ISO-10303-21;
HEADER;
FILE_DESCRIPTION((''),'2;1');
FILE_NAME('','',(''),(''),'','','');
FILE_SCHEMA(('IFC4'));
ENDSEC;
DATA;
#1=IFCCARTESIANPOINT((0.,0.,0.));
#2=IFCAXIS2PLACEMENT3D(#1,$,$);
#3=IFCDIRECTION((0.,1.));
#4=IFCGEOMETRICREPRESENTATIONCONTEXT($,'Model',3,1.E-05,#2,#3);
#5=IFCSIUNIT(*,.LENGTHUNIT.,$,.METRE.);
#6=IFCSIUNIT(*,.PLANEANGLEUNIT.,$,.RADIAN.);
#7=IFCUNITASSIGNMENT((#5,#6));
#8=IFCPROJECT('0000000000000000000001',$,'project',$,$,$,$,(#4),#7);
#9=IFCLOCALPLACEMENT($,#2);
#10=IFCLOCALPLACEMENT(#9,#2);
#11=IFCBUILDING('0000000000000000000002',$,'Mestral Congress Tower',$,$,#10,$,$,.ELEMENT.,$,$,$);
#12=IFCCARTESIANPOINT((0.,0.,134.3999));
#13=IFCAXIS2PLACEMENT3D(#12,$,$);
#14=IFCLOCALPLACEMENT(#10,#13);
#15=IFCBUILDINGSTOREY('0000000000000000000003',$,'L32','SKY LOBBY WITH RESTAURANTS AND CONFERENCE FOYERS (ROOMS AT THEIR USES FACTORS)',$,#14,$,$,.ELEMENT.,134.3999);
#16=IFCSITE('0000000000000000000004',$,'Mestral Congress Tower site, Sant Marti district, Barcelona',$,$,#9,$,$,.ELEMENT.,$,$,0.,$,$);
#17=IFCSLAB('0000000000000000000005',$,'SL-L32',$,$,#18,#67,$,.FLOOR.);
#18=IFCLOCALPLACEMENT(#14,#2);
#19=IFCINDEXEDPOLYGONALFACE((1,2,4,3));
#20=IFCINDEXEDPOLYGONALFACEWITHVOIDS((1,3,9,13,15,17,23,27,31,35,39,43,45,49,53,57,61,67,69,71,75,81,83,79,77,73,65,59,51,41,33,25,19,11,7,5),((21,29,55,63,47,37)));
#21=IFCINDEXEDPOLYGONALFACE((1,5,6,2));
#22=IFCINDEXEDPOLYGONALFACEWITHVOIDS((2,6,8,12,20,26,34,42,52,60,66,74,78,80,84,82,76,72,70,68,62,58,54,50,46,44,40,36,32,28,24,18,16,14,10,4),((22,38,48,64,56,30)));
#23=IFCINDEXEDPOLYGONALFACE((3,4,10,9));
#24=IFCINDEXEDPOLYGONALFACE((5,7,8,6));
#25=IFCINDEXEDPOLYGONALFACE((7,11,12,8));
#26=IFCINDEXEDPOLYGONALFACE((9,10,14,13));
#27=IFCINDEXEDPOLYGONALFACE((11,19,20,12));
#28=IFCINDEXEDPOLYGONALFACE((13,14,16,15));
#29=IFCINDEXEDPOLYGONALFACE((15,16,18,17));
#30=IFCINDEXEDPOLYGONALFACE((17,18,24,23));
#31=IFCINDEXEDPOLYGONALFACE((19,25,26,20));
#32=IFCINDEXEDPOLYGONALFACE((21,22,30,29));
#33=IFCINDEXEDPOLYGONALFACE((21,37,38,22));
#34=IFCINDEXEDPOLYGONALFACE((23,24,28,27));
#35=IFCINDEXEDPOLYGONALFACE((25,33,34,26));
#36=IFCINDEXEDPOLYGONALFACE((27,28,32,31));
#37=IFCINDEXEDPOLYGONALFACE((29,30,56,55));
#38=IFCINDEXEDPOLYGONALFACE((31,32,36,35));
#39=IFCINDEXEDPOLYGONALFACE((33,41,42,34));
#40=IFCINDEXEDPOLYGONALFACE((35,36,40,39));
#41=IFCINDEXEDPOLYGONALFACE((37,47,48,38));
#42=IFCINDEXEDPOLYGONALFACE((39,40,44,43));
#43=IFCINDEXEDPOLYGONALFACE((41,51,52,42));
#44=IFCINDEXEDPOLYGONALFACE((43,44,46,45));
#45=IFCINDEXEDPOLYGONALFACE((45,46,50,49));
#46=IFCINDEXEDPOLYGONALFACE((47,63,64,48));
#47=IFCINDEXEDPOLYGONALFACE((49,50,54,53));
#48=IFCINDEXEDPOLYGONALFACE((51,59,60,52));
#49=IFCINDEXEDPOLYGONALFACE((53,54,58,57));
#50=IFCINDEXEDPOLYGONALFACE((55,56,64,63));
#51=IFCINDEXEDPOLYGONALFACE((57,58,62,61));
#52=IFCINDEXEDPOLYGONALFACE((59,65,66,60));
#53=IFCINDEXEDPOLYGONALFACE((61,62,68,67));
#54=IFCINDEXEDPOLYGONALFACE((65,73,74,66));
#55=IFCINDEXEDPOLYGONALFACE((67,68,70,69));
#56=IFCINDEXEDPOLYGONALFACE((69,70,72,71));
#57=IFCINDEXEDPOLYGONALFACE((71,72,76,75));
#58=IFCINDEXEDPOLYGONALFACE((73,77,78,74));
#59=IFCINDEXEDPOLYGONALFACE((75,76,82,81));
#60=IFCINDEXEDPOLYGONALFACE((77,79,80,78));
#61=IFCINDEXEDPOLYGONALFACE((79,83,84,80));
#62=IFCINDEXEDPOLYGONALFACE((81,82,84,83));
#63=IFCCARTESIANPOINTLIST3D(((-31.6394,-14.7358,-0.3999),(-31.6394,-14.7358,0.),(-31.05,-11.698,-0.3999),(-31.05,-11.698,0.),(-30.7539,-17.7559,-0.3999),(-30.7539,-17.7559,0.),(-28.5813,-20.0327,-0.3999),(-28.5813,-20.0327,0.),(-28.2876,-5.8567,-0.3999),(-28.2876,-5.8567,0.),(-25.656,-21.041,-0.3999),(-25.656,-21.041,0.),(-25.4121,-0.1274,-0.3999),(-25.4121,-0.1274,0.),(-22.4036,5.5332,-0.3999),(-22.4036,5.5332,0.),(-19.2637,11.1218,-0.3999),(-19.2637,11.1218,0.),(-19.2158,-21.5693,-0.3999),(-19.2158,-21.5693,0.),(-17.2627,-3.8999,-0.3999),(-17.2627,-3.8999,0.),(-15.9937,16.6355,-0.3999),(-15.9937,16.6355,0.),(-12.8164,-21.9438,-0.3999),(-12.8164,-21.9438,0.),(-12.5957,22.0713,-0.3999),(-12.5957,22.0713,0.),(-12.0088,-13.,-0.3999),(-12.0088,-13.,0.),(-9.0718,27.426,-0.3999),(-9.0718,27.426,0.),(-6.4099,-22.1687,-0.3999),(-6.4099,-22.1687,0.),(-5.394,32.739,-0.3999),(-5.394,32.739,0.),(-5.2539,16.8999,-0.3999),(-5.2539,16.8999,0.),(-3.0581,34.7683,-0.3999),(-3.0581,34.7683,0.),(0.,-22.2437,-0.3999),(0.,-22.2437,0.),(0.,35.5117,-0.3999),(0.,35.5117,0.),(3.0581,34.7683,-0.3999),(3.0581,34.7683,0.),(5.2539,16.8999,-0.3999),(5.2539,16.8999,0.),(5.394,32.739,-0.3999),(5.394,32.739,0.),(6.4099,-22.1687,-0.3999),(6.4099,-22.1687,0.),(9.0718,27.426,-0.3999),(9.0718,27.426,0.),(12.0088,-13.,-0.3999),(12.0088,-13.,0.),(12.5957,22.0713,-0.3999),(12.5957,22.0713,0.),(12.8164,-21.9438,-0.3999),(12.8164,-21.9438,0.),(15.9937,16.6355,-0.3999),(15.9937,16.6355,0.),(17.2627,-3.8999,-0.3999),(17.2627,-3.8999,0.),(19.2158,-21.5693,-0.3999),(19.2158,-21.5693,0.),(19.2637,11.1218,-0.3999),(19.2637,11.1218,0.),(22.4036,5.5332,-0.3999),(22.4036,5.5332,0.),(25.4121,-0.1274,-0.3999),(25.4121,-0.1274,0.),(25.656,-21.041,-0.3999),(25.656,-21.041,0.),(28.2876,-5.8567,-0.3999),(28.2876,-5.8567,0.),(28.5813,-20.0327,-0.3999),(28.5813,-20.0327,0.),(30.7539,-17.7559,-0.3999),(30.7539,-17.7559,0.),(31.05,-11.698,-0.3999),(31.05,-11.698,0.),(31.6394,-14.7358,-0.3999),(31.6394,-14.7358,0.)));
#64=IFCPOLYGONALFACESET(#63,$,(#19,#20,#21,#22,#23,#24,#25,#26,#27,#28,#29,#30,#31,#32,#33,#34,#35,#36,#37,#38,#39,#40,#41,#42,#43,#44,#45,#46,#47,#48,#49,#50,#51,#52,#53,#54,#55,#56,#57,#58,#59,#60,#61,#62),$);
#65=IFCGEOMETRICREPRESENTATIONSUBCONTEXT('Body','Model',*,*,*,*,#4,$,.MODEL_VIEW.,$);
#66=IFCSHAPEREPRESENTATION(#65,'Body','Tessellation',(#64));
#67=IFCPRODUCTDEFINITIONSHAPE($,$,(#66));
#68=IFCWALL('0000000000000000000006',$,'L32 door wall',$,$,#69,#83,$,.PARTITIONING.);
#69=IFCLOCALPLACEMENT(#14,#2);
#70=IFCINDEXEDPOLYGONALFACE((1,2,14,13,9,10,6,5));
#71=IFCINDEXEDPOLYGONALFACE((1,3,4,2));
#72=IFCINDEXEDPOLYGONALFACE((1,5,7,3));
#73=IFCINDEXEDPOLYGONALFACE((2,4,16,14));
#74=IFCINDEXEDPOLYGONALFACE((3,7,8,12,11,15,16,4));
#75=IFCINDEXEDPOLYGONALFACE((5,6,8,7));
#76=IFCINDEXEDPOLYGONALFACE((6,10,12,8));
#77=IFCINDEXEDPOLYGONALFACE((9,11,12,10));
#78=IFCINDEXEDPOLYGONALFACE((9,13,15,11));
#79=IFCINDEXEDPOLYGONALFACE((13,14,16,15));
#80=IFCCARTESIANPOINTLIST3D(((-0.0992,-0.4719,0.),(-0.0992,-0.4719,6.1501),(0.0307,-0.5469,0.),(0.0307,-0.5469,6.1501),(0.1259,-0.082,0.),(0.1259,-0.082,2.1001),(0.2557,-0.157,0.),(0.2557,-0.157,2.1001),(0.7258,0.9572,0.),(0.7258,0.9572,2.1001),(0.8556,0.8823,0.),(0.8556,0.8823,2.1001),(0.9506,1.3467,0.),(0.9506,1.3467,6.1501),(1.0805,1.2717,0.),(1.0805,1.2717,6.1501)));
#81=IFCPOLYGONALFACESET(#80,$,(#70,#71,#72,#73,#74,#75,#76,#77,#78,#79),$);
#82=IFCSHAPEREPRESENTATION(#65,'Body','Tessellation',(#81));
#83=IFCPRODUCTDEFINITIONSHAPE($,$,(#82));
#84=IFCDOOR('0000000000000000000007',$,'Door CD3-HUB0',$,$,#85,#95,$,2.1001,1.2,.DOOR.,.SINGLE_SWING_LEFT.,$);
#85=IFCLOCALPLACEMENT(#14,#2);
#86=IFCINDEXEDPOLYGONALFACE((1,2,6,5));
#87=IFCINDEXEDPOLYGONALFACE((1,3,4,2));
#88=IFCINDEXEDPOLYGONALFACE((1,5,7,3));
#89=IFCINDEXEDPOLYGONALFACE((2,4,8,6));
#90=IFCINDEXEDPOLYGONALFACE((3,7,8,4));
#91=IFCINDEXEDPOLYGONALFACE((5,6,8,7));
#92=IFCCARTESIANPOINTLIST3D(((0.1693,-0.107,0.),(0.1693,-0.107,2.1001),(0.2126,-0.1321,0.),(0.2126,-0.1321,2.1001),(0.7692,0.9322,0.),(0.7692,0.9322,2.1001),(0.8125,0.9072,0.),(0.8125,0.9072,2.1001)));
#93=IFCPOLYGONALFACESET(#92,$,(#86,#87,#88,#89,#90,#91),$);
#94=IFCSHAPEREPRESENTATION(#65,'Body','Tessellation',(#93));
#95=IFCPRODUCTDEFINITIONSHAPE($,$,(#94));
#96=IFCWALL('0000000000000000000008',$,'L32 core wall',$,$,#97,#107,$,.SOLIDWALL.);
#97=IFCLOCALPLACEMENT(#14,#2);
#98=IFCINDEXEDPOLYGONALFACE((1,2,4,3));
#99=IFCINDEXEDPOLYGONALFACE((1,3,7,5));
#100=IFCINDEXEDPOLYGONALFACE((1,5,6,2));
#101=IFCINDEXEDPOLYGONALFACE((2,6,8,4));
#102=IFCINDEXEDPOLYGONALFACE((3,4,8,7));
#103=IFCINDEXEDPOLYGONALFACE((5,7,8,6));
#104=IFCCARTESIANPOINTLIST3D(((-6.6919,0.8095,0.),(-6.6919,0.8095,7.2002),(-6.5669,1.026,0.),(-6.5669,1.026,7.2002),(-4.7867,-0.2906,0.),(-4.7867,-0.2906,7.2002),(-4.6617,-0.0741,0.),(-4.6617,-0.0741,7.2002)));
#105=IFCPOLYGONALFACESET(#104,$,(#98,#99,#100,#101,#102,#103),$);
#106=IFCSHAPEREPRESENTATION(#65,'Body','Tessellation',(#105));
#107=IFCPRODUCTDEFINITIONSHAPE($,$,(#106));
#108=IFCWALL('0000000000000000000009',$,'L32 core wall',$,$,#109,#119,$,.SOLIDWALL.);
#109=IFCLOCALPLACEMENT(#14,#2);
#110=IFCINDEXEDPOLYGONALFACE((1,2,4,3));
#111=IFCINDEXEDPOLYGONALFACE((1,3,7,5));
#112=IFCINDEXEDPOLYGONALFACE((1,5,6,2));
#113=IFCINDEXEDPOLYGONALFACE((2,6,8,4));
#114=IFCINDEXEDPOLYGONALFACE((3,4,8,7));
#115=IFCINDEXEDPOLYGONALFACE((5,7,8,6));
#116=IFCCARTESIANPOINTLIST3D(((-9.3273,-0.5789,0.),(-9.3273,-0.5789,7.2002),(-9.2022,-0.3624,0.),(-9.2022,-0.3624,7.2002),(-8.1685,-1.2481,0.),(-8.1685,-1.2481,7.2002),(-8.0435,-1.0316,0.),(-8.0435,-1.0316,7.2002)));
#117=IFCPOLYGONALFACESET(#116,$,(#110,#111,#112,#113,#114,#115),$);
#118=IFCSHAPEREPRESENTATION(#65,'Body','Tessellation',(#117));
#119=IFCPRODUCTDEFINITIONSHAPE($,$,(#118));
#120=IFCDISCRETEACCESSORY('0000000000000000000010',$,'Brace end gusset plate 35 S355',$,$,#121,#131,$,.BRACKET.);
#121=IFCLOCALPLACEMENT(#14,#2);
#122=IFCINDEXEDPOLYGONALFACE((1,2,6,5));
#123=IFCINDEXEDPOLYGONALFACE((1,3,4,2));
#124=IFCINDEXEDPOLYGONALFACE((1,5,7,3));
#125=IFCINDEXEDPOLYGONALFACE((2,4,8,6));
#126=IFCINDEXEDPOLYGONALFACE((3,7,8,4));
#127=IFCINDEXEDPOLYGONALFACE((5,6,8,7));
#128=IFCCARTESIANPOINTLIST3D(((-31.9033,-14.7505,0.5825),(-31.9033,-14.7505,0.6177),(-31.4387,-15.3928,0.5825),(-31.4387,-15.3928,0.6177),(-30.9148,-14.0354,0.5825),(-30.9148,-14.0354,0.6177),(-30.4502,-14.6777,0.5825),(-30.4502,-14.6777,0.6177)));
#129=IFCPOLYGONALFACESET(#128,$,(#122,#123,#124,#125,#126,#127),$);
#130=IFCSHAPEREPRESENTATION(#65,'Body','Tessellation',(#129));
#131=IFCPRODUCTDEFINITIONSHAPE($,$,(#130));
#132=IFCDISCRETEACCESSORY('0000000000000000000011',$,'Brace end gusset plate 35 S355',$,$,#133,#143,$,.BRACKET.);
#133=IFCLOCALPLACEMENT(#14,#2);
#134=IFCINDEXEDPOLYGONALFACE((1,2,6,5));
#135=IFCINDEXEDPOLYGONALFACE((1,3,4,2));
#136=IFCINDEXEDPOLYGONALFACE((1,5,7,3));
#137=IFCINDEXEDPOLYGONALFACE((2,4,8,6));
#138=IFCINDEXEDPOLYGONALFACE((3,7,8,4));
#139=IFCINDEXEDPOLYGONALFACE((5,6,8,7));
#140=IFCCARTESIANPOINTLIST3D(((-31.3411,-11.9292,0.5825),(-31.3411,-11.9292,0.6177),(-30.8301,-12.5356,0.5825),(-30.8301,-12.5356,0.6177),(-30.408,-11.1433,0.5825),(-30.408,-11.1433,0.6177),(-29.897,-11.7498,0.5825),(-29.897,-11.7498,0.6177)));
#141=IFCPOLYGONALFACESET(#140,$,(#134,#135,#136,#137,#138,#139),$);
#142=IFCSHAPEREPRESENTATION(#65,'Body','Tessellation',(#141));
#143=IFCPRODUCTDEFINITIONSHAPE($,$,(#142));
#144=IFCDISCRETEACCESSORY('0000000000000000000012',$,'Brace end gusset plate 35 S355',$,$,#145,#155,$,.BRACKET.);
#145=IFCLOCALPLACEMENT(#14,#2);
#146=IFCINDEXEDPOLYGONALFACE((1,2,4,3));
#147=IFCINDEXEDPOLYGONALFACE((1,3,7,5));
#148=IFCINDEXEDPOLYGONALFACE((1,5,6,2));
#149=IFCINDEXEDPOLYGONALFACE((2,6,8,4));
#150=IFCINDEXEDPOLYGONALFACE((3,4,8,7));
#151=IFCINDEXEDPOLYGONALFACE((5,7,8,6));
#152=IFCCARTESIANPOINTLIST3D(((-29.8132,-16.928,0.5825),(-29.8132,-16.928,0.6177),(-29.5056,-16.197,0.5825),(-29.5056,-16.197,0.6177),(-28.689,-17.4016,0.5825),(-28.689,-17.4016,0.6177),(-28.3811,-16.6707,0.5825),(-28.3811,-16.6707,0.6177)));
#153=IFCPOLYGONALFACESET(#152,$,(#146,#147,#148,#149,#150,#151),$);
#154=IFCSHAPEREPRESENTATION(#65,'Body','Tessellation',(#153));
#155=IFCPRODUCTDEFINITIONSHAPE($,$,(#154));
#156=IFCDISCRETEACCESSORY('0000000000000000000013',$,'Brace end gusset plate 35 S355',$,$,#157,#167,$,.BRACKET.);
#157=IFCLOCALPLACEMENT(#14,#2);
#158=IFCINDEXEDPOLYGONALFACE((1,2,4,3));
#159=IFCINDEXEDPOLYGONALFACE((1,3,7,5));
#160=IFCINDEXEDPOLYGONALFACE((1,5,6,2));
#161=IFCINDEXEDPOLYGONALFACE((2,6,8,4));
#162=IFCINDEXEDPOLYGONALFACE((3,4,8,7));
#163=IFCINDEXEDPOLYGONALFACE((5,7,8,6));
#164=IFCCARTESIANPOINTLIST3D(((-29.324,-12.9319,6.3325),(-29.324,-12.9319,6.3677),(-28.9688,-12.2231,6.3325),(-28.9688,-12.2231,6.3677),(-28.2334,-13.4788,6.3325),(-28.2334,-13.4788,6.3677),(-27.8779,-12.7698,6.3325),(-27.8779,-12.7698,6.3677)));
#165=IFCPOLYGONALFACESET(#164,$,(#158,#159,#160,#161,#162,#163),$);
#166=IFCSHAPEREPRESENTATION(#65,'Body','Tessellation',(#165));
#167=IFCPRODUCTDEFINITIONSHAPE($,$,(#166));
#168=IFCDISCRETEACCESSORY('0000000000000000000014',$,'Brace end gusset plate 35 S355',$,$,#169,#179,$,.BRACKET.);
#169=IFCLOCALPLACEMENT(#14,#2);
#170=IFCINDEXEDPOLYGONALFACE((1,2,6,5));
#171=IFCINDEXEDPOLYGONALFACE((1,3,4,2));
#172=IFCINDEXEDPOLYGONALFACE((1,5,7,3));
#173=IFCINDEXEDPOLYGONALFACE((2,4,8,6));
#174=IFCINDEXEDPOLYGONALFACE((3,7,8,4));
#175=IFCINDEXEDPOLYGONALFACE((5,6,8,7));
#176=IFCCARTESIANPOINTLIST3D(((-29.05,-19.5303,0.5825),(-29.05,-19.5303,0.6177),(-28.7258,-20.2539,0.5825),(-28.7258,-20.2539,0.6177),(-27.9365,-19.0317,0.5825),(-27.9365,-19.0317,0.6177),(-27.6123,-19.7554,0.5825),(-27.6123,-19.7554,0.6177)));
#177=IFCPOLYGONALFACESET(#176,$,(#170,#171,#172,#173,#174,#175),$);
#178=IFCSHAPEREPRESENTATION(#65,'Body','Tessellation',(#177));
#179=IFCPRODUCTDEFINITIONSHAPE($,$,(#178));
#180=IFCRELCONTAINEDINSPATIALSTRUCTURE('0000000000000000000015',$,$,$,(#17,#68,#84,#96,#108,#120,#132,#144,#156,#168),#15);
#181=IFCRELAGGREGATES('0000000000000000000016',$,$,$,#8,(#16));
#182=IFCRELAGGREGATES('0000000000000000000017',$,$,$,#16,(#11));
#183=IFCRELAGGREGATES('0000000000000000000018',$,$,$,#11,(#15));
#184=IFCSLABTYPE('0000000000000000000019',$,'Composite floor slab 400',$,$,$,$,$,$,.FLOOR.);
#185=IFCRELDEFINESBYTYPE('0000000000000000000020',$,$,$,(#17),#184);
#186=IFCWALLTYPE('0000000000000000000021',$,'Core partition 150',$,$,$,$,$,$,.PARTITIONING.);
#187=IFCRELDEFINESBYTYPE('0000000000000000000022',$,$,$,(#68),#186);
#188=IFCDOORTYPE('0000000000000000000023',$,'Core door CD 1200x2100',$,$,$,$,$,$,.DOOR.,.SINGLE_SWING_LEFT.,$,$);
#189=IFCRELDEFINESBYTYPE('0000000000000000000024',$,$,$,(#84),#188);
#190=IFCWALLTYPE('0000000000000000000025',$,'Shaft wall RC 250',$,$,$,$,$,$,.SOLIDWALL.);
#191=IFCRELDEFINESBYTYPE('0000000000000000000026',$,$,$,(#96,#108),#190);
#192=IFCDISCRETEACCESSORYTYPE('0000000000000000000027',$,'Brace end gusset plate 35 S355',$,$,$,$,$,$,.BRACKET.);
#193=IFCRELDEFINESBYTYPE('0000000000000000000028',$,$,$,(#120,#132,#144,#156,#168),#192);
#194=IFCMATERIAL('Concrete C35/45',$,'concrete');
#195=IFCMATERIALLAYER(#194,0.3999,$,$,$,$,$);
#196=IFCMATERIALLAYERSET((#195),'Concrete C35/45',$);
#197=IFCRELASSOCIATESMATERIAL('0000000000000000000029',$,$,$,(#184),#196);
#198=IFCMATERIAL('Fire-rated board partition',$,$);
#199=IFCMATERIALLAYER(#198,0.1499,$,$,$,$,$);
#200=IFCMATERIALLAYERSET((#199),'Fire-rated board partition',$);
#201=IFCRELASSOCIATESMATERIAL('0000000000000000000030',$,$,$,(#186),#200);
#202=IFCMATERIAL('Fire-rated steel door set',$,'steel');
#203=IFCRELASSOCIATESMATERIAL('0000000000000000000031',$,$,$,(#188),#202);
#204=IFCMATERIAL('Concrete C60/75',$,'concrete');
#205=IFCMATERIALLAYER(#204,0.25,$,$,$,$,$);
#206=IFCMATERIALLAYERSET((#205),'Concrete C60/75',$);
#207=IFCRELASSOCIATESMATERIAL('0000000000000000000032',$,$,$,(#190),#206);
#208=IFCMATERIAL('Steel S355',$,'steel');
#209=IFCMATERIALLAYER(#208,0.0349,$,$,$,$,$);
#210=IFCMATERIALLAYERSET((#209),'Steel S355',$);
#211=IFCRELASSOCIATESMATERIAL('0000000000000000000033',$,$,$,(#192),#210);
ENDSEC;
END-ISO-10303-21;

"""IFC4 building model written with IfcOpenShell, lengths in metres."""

from ifc_helpers import new_model, si_unit, direction, frame, frame_2d, origin, place, context, subcontext, project, spatial, polyline, rectangle, outline, extrude, material, layer, layer_set, type_object, element, fill, save


model = new_model("IFC4")

# Units and contexts
model_context = context("Model", 3, precision=1e-05, world=origin(), true_north=direction((0.0, 1.0)))
body_context = subcontext(model_context, "Body", "Model", "MODEL_VIEW")
ifc_project = project(units=[si_unit("LENGTHUNIT", "METRE"), si_unit("PLANEANGLEUNIT", "RADIAN")], contexts=[model_context])

# Site, building, storey
site_placement = place(None, origin())
site = spatial("IfcSite", under=ifc_project, at=site_placement, Name="Mestral Congress Tower site, Sant Marti district, Barcelona", CompositionType="ELEMENT", RefElevation=0.0)
building_placement = place(site_placement, origin())
building = spatial("IfcBuilding", under=site, at=building_placement, Name="Mestral Congress Tower", CompositionType="ELEMENT")
storey_placement = place(building_placement, frame((0.0, 0.0, 134.3999)))
storey = spatial("IfcBuildingStorey", under=building, at=storey_placement, Name="L32", Description="SKY LOBBY WITH RESTAURANTS AND CONFERENCE FOYERS (ROOMS AT THEIR USES FACTORS)", CompositionType="ELEMENT", Elevation=134.3999)

# Slab
ifc_material_1 = material(Name="Concrete C35/45", Category="concrete")
ifc_layer_1 = layer(ifc_material_1, 0.3999)
ifc_layer_set_1 = layer_set([ifc_layer_1], Name="Concrete C35/45")
slab_type = type_object("IfcSlabType", Name="Composite floor slab 400", PredefinedType="FLOOR", material=ifc_layer_set_1)
slab_placement = place(storey_placement, frame((0.0, 0.0, -0.3999)))
element("IfcSlab", 1, at=slab_placement, inside=storey, type_object=slab_type, Name="SL-L32", PredefinedType="FLOOR", context=body_context, shape_type="SweptSolid", body=[
    extrude(outline(polyline([(-25.656, -21.041), (-28.5813, -20.0327), (-30.7539, -17.7559), (-31.6394, -14.7358), (-31.05, -11.698), (-28.2876, -5.8567), (-25.4121, -0.1274), (-22.4036, 5.5332), (-19.2637, 11.1218), (-15.9937, 16.6355), (-12.5957, 22.0713), (-9.0718, 27.426), (-5.394, 32.739), (-3.0581, 34.7683), (0.0, 35.5117), (3.0581, 34.7683), (5.394, 32.739), (9.0718, 27.426), (12.5957, 22.0713), (15.9937, 16.6355), (19.2637, 11.1218), (22.4036, 5.5332), (25.4121, -0.1274), (28.2876, -5.8567), (31.05, -11.698), (31.6394, -14.7358), (30.7539, -17.7559), (28.5813, -20.0327), (25.656, -21.041), (19.2158, -21.5693), (12.8164, -21.9438), (6.4099, -22.1687), (0.0, -22.2437), (-6.4099, -22.1687), (-12.8164, -21.9438), (-19.2158, -21.5693), (-25.656, -21.041)]), holes=[polyline([(-5.2539, 16.8999), (-17.2627, -3.8999), (-12.0088, -13.0), (12.0088, -13.0), (17.2627, -3.8999), (5.2539, 16.8999), (-5.2539, 16.8999)])]), origin(), (0.0, 0.0, 1.0), 0.3999),
])

# Wall, opening, door
ifc_material_2 = material(Name="Fire-rated board partition")
ifc_layer_2 = layer(ifc_material_2, 0.1499)
ifc_layer_set_2 = layer_set([ifc_layer_2], Name="Fire-rated board partition")
wall_type_1 = type_object("IfcWallType", Name="Core partition 150", PredefinedType="PARTITIONING", material=ifc_layer_set_2)
wall_1_placement = place(storey_placement, frame((-0.0342, -0.5093, 0.0), z_axis=(0.0, 0.0, 1.0), x_axis=(0.499941, 0.86606, 0.0)))
wall_1 = element("IfcWall", 2, at=wall_1_placement, inside=storey, type_object=wall_type_1, Name="L32 door wall", PredefinedType="PARTITIONING", context=body_context, shape_type="SweptSolid", body=[
    extrude(rectangle(XDim=2.0999, YDim=0.1499, at=frame_2d((1.0498, 0.0))), origin(), (0.0, 0.0, 1.0), 6.1501),
])
opening_placement = place(wall_1_placement, frame((0.45, 0.0, 0.0)))
opening = element("IfcOpeningElement", 3, at=opening_placement, cuts=wall_1, PredefinedType="OPENING", context=body_context, shape_type="SweptSolid", body=[
    extrude(rectangle(XDim=1.2, YDim=2.1001, at=frame_2d((0.6001, 1.05))), frame((0.0, 0.085, 0.0), z_axis=(0.0, -1.0, 0.0), x_axis=(1.0, 0.0, 0.0)), (0.0, 0.0, 1.0), 0.1699),
])
ifc_material_3 = material(Name="Fire-rated steel door set", Category="steel")
door_type = type_object("IfcDoorType", Name="Core door CD 1200x2100", OperationType="SINGLE_SWING_LEFT", PredefinedType="DOOR", material=ifc_material_3)
door_placement = place(opening_placement, origin())
door = element("IfcDoor", 4, at=door_placement, inside=storey, type_object=door_type, Name="Door CD3-HUB0", OperationType="SINGLE_SWING_LEFT", OverallHeight=2.1001, OverallWidth=1.2, PredefinedType="DOOR", context=body_context, shape_type="SweptSolid", body=[
    extrude(rectangle(XDim=1.2, YDim=2.1001, at=frame_2d((0.6001, 1.05))), frame((0.0, 0.0249, 0.0), z_axis=(0.0, -1.0, 0.0), x_axis=(1.0, 0.0, 0.0)), (0.0, 0.0, 1.0), 0.05),
])
fill(opening, door)

# Walls
ifc_material_4 = material(Name="Concrete C60/75", Category="concrete")
ifc_layer_3 = layer(ifc_material_4, 0.25)
ifc_layer_set_3 = layer_set([ifc_layer_3], Name="Concrete C60/75")
wall_type_2 = type_object("IfcWallType", Name="Shaft wall RC 250", PredefinedType="SOLIDWALL", material=ifc_layer_set_3)
wall_2_placement = place(storey_placement, frame((-4.7241, -0.1824, 0.0), z_axis=(0.0, 0.0, 1.0), x_axis=(-0.866008, 0.50003, 0.0)))
element("IfcWall", 5, at=wall_2_placement, inside=storey, type_object=wall_type_2, Name="L32 core wall", PredefinedType="SOLIDWALL", context=body_context, shape_type="SweptSolid", body=[
    extrude(rectangle(XDim=2.2, YDim=0.25, at=frame_2d((1.1001, 0.0))), origin(), (0.0, 0.0, 1.0), 7.2002),
])
wall_3_placement = place(storey_placement, frame((-9.2646, -0.4707, 0.0), z_axis=(0.0, 0.0, 1.0), x_axis=(0.865955, -0.500123, 0.0)))
element("IfcWall", 6, at=wall_3_placement, inside=storey, type_object=wall_type_2, Name="L32 core wall", PredefinedType="SOLIDWALL", context=body_context, shape_type="SweptSolid", body=[
    extrude(rectangle(XDim=1.3381, YDim=0.25, at=frame_2d((0.6689, 0.0))), origin(), (0.0, 0.0, 1.0), 7.2002),
])

# Discrete accessories
ifc_material_5 = material(Name="Steel S355", Category="steel")
ifc_layer_4 = layer(ifc_material_5, 0.0349)
ifc_layer_set_4 = layer_set([ifc_layer_4], Name="Steel S355")
discrete_accessory_type = type_object("IfcDiscreteAccessoryType", Name="Brace end gusset plate 35 S355", PredefinedType="BRACKET", material=ifc_layer_set_4)
placement_1 = place(storey_placement, frame((0.0, 0.0, 0.5825)))
element("IfcDiscreteAccessory", 7, at=placement_1, inside=storey, type_object=discrete_accessory_type, Name="Brace end gusset plate 35 S355", PredefinedType="BRACKET", context=body_context, shape_type="SweptSolid", body=[
    extrude(outline(polyline([(-31.4387, -15.3928), (-30.4502, -14.6777), (-30.9148, -14.0354), (-31.9033, -14.7505), (-31.4387, -15.3928)])), origin(), (0.0, 0.0, 1.0), 0.0352),
])
element("IfcDiscreteAccessory", 8, at=placement_1, inside=storey, type_object=discrete_accessory_type, Name="Brace end gusset plate 35 S355", PredefinedType="BRACKET", context=body_context, shape_type="SweptSolid", body=[
    extrude(outline(polyline([(-30.8301, -12.5356), (-29.897, -11.7498), (-30.408, -11.1433), (-31.3411, -11.9292), (-30.8301, -12.5356)])), origin(), (0.0, 0.0, 1.0), 0.0352),
])
element("IfcDiscreteAccessory", 9, at=placement_1, inside=storey, type_object=discrete_accessory_type, Name="Brace end gusset plate 35 S355", PredefinedType="BRACKET", context=body_context, shape_type="SweptSolid", body=[
    extrude(outline(polyline([(-29.8132, -16.928), (-28.689, -17.4016), (-28.3811, -16.6707), (-29.5056, -16.197), (-29.8132, -16.928)])), origin(), (0.0, 0.0, 1.0), 0.0352),
])
placement_2 = place(storey_placement, frame((0.0, 0.0, 6.3325)))
element("IfcDiscreteAccessory", 10, at=placement_2, inside=storey, type_object=discrete_accessory_type, Name="Brace end gusset plate 35 S355", PredefinedType="BRACKET", context=body_context, shape_type="SweptSolid", body=[
    extrude(outline(polyline([(-27.8779, -12.7698), (-28.9688, -12.2231), (-29.324, -12.9319), (-28.2334, -13.4788), (-27.8779, -12.7698)])), origin(), (0.0, 0.0, 1.0), 0.0352),
])
element("IfcDiscreteAccessory", 11, at=placement_1, inside=storey, type_object=discrete_accessory_type, Name="Brace end gusset plate 35 S355", PredefinedType="BRACKET", context=body_context, shape_type="SweptSolid", body=[
    extrude(outline(polyline([(-28.7258, -20.2539), (-27.6123, -19.7554), (-27.9365, -19.0317), (-29.05, -19.5303), (-28.7258, -20.2539)])), origin(), (0.0, 0.0, 1.0), 0.0352),
])

save(model, "model.ifc")
